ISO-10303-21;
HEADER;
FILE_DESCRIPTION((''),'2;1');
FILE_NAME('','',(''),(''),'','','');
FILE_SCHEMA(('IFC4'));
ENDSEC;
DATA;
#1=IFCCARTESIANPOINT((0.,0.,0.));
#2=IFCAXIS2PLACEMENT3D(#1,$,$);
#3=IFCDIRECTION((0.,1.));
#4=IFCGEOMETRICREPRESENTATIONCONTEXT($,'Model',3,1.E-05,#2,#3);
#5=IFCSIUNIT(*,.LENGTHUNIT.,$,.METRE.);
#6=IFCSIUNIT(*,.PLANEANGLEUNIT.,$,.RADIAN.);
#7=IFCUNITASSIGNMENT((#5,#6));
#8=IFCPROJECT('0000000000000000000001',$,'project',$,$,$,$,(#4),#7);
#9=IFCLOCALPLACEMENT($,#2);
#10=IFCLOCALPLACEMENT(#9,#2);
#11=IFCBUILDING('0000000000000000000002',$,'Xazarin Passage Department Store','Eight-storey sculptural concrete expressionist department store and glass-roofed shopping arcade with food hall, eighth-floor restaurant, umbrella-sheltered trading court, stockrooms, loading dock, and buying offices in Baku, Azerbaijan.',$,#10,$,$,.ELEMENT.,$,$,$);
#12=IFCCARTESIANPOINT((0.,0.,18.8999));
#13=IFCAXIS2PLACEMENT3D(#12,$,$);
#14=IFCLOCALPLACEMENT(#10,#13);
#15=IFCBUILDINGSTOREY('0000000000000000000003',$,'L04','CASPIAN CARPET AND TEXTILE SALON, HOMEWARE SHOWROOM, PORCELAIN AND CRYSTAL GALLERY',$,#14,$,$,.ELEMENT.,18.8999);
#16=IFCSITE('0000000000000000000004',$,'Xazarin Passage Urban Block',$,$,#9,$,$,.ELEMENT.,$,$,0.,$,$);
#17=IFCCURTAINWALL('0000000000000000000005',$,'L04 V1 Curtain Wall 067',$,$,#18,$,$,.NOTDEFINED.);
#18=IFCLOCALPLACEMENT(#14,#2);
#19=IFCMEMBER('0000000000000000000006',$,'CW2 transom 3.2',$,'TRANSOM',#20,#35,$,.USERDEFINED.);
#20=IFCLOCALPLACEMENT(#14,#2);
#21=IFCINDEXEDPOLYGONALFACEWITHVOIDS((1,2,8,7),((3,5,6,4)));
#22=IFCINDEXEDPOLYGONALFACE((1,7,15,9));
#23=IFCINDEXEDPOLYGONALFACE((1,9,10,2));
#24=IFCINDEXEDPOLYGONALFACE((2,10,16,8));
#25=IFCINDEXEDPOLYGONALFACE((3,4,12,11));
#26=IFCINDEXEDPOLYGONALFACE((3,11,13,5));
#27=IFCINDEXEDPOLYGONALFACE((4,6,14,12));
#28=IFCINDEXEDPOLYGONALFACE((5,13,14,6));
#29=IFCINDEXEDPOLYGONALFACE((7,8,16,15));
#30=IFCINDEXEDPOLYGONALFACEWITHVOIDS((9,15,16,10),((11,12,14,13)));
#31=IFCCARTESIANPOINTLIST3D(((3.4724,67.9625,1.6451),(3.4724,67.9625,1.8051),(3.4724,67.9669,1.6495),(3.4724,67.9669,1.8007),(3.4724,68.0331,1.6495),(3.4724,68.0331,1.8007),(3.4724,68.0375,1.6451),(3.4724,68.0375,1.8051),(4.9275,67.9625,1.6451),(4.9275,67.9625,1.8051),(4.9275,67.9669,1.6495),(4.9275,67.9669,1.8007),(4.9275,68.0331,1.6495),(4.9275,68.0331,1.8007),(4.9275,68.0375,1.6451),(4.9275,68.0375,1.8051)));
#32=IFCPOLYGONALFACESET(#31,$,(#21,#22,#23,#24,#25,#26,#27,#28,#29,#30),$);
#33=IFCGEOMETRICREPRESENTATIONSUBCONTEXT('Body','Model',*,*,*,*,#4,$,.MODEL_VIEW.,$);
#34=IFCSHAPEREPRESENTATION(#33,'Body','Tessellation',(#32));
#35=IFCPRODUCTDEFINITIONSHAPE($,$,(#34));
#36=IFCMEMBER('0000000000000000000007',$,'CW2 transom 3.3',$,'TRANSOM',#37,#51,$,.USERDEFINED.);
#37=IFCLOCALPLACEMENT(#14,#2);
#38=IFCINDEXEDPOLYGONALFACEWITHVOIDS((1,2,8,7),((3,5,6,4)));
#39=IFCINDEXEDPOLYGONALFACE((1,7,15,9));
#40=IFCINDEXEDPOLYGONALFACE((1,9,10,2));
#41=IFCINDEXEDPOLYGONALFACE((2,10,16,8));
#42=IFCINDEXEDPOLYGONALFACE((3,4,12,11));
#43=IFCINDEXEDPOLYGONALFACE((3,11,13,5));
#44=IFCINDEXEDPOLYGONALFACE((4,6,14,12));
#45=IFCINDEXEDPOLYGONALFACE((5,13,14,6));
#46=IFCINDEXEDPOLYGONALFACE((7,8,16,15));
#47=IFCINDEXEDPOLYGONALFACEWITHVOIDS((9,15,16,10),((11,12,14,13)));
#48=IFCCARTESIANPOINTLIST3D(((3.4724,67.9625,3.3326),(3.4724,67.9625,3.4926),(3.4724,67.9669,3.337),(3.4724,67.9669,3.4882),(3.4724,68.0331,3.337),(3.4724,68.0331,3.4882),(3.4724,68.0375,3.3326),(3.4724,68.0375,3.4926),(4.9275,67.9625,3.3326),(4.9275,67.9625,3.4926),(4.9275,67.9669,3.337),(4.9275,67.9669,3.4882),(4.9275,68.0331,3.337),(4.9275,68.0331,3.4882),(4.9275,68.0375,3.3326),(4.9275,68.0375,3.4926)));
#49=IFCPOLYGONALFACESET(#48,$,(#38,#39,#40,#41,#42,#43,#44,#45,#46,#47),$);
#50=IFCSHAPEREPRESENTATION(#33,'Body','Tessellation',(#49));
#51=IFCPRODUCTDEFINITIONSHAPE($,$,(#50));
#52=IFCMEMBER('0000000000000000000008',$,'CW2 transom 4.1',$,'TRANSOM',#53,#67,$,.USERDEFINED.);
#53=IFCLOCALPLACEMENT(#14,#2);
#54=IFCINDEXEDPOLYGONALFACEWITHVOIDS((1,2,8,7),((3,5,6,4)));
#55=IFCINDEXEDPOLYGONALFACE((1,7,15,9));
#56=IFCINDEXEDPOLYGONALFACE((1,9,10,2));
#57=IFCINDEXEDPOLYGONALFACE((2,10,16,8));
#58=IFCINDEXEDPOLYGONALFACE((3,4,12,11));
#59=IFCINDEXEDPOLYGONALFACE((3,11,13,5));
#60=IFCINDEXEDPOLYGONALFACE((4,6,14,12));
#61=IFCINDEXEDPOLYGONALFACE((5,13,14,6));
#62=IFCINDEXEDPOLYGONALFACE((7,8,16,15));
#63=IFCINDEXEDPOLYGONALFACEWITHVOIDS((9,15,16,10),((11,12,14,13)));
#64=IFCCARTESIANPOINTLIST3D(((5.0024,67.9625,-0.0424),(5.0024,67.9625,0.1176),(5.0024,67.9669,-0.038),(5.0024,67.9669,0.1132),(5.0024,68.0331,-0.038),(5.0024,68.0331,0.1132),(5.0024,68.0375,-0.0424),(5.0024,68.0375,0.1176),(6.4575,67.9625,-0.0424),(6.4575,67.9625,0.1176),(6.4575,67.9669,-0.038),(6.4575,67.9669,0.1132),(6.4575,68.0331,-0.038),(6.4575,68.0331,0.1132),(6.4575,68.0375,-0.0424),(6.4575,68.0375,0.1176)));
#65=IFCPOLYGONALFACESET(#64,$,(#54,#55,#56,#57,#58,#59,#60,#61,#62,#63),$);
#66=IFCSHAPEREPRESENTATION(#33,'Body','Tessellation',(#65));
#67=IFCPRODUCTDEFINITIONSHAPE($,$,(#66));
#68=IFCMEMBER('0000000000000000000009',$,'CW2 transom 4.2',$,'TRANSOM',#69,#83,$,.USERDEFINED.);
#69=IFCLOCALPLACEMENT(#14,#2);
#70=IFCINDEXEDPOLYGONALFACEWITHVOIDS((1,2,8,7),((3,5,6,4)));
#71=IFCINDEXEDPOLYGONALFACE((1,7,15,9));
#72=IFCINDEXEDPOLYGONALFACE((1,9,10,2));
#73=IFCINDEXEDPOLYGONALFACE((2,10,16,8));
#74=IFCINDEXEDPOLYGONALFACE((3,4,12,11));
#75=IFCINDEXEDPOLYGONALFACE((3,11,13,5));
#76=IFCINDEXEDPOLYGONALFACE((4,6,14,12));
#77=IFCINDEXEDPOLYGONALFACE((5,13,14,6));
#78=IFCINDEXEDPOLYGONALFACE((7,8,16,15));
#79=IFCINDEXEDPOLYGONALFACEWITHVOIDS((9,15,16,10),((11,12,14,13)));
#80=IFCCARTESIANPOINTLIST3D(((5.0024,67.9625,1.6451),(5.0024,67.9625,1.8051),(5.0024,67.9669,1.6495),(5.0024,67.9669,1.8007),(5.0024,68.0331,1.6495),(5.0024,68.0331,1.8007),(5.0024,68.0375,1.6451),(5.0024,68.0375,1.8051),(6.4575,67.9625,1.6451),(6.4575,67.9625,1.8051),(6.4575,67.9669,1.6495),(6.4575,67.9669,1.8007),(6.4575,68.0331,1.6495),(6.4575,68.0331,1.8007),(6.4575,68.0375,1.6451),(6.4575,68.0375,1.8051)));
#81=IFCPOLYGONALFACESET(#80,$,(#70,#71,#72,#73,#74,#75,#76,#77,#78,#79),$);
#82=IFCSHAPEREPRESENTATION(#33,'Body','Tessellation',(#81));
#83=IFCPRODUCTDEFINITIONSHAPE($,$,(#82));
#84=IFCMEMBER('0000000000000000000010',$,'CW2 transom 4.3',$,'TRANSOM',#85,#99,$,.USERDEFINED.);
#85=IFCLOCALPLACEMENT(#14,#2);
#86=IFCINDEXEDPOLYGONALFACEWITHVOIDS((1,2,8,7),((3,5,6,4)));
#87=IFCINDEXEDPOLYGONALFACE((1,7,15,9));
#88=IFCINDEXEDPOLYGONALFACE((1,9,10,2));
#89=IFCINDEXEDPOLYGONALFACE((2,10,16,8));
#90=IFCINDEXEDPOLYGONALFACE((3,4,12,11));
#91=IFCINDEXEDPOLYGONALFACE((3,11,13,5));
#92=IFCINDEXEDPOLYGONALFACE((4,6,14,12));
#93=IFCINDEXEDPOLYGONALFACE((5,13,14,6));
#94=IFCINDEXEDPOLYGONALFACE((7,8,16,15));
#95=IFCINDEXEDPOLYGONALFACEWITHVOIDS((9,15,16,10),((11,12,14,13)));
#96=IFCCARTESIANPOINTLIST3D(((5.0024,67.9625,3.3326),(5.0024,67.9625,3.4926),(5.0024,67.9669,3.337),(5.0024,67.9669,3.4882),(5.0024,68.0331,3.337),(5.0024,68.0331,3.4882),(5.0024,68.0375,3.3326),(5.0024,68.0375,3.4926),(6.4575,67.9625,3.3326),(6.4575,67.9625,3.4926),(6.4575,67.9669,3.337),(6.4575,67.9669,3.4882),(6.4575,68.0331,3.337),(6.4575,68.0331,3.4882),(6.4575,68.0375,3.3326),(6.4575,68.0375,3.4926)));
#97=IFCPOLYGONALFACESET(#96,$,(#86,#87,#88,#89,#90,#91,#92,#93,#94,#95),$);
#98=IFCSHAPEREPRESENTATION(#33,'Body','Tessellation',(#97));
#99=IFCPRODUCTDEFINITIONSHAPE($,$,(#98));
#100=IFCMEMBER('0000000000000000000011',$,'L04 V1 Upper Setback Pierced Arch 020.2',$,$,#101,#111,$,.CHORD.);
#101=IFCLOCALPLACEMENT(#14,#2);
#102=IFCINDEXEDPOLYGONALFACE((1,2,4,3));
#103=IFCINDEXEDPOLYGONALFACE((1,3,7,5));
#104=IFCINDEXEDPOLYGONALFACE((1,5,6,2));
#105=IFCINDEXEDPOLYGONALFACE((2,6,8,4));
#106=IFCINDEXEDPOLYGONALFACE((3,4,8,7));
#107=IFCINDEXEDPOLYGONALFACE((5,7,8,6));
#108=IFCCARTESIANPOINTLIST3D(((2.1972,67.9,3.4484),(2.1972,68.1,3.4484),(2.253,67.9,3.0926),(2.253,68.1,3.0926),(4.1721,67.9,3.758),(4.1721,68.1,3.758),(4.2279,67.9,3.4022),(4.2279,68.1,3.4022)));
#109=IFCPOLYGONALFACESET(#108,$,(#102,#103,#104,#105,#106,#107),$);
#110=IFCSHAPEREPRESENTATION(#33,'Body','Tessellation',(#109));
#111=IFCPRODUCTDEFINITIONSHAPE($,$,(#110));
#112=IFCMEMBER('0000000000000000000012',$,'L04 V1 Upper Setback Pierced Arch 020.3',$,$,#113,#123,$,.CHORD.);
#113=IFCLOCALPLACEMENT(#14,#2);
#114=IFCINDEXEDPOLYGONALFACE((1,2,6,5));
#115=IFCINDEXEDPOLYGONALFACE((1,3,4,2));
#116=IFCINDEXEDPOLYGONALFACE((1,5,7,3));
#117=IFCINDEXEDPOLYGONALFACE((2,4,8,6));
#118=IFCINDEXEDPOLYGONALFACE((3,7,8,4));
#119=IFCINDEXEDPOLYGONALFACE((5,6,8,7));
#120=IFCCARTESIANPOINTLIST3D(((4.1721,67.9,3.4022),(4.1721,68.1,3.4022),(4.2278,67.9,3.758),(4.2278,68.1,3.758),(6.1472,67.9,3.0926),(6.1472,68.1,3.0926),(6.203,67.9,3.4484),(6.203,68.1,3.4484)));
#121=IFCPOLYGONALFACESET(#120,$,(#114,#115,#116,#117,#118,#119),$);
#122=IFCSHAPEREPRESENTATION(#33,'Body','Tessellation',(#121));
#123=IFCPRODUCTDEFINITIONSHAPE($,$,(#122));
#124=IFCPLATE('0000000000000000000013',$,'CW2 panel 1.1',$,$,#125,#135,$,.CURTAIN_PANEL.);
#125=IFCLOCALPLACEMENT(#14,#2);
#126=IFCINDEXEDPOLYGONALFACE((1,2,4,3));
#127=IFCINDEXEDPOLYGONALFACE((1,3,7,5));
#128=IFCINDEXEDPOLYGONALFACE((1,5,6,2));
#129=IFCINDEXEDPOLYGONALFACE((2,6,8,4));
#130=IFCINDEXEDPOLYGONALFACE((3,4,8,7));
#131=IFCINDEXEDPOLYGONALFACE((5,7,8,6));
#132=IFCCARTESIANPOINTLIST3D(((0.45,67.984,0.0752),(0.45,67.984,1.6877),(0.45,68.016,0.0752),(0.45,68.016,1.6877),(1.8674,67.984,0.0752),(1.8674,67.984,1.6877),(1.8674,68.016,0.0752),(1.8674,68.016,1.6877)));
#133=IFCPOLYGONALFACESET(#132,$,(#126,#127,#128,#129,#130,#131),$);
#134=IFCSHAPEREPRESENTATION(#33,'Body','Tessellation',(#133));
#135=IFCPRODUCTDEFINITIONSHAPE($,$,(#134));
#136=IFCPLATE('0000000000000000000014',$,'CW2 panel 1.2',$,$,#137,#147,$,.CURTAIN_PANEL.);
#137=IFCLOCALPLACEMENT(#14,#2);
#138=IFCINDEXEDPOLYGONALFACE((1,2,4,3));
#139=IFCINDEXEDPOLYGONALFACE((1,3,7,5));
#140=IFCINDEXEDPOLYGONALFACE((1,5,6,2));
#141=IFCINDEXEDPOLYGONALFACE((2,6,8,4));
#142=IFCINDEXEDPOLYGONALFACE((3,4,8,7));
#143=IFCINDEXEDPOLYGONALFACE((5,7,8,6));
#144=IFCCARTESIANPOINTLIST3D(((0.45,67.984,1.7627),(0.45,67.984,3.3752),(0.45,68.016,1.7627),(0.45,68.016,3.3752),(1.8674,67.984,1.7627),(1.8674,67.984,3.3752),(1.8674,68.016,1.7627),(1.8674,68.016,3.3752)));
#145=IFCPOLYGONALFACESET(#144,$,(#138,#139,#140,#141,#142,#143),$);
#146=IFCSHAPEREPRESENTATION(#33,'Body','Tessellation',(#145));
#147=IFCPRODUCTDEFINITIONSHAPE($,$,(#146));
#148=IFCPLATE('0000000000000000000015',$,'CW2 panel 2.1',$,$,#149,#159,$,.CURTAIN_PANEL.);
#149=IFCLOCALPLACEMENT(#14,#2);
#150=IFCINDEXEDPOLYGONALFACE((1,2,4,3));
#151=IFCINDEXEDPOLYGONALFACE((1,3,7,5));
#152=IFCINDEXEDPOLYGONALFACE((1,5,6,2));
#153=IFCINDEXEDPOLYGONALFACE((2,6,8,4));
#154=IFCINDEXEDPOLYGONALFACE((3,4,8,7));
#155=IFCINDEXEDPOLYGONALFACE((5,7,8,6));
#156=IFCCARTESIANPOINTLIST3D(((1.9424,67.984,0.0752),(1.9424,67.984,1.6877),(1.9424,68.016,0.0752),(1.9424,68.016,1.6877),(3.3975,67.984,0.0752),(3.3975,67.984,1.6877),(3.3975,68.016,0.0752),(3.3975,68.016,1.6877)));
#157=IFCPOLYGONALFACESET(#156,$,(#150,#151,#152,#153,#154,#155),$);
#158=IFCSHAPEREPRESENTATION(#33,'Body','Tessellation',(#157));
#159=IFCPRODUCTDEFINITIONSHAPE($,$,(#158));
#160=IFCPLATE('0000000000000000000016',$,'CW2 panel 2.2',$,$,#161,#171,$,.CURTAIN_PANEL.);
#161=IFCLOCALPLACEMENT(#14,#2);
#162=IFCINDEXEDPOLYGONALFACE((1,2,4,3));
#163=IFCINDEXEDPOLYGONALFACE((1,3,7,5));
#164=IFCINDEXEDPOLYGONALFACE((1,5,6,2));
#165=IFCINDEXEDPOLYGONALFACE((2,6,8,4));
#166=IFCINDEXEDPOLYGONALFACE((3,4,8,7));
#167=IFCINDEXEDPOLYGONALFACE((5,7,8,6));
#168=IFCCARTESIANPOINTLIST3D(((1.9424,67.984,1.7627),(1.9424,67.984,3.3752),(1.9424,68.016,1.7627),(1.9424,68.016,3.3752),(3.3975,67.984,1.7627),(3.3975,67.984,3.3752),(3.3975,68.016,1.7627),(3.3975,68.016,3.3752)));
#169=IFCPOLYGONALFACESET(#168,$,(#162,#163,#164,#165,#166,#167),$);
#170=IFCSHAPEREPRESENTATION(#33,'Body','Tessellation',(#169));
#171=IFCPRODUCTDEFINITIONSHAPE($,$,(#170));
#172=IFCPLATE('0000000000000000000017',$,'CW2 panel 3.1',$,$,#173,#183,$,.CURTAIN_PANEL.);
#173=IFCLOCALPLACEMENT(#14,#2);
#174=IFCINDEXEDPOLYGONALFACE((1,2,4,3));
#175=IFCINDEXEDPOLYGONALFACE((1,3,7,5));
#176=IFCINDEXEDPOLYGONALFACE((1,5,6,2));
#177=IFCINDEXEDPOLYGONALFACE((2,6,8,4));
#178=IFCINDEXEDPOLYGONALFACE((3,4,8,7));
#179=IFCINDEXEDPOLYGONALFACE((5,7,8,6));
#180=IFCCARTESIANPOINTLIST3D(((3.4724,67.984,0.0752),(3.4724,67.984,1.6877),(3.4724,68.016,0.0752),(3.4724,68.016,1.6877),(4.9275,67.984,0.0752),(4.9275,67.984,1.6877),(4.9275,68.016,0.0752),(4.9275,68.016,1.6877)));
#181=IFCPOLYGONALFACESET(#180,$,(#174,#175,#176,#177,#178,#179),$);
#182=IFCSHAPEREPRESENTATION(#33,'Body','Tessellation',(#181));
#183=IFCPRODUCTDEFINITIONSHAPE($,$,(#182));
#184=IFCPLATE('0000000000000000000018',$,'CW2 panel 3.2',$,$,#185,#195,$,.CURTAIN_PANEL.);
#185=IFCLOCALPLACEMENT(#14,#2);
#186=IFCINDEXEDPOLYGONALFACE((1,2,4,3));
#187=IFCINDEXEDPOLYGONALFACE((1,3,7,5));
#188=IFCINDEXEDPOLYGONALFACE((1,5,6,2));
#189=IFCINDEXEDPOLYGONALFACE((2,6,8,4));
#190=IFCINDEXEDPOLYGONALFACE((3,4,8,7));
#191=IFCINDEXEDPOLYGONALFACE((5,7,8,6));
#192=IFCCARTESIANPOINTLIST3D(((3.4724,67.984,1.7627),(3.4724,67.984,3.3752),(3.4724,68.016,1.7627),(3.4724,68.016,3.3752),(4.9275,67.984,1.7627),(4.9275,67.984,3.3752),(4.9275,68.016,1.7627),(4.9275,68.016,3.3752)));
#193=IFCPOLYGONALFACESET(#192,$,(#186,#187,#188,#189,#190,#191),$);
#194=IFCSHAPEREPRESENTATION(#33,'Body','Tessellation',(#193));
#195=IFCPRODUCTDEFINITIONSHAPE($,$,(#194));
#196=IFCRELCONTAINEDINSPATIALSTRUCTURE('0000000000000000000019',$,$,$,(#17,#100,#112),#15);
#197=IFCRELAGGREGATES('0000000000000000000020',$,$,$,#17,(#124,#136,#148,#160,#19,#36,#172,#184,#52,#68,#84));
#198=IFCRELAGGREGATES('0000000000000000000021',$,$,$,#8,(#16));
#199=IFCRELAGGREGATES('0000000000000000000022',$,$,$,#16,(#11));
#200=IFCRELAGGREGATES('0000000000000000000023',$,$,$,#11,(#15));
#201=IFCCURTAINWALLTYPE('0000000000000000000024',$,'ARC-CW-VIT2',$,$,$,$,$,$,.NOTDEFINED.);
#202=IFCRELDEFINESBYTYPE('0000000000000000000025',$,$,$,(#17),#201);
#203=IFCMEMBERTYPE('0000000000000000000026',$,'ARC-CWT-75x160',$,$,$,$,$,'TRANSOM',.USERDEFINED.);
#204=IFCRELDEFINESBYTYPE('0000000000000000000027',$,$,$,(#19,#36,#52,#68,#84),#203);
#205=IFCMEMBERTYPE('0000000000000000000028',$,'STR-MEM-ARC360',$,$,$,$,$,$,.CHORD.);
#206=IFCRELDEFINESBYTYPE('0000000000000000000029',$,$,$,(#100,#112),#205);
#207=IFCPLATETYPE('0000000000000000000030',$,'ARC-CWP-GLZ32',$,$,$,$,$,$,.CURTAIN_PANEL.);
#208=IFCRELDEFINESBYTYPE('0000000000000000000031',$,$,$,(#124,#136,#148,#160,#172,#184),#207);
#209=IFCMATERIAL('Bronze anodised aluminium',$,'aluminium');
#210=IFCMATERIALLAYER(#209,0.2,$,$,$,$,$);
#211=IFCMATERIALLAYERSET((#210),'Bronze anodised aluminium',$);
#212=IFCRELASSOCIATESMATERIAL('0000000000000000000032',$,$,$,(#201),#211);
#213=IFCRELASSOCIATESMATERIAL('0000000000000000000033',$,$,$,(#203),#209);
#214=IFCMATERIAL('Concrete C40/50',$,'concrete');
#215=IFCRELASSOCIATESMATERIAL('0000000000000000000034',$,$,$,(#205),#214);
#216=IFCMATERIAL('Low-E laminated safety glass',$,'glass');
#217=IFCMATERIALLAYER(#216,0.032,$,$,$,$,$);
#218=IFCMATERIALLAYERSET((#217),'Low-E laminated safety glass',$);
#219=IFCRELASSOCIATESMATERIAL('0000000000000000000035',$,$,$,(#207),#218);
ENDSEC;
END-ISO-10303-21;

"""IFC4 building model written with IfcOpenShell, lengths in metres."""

from ifc_helpers import new_model, si_unit, direction, frame, origin, origin_2d, place, context, subcontext, project, spatial, rectangle, hollow_rectangle, extrude, material, layer, layer_set, material_profile, profile_set, type_object, element, aggregate, save


model = new_model("IFC4")

# Units and contexts
model_context = context("Model", 3, precision=1e-05, world=origin(), true_north=direction((0.0, 1.0)))
body_context = subcontext(model_context, "Body", "Model", "MODEL_VIEW")
ifc_project = project(units=[si_unit("LENGTHUNIT", "METRE"), si_unit("PLANEANGLEUNIT", "RADIAN")], contexts=[model_context])

# Site, building, storey
site_placement = place(None, origin())
site = spatial("IfcSite", under=ifc_project, at=site_placement, Name="Xazarin Passage Urban Block", CompositionType="ELEMENT", RefElevation=0.0)
building_placement = place(site_placement, origin())
building = spatial("IfcBuilding", under=site, at=building_placement, Name="Xazarin Passage Department Store", Description="Eight-storey sculptural concrete expressionist department store and glass-roofed shopping arcade with food hall, eighth-floor restaurant, umbrella-sheltered trading court, stockrooms, loading dock, and buying offices in Baku, Azerbaijan.", CompositionType="ELEMENT")
storey_placement = place(building_placement, frame((0.0, 0.0, 18.8999)))
storey = spatial("IfcBuildingStorey", under=building, at=storey_placement, Name="L04", Description="CASPIAN CARPET AND TEXTILE SALON, HOMEWARE SHOWROOM, PORCELAIN AND CRYSTAL GALLERY", CompositionType="ELEMENT", Elevation=18.8999)

# Curtain wall, members
ifc_material_1 = material(Name="Bronze anodised aluminium", Category="aluminium")
ifc_layer_1 = layer(ifc_material_1, 0.2)
ifc_layer_set_1 = layer_set([ifc_layer_1], Name="Bronze anodised aluminium")
curtain_wall_type = type_object("IfcCurtainWallType", Name="ARC-CW-VIT2", PredefinedType="NOTDEFINED", material=ifc_layer_set_1)
curtain_wall_placement = place(storey_placement, origin())
curtain_wall = element("IfcCurtainWall", 1, at=curtain_wall_placement, inside=storey, type_object=curtain_wall_type, Name="L04 V1 Curtain Wall 067", PredefinedType="NOTDEFINED")
ifc_material_profile_1 = material_profile(ifc_material_1, hollow_rectangle(XDim=0.075, YDim=0.1599, WallThickness=0.0044, at=origin_2d()), Name="ALU 75x160")
ifc_profile_set_1 = profile_set([ifc_material_profile_1], Name="Bronze anodised aluminium")
member_type_1 = type_object("IfcMemberType", Name="ARC-CWT-75x160", ElementType="TRANSOM", PredefinedType="USERDEFINED", material=ifc_profile_set_1)
member_1_placement = place(storey_placement, frame((3.4724, 68.0, 1.7251), z_axis=(1.0, 0.0, 0.0), x_axis=(0.0, 1.0, 0.0)))
member_1 = element("IfcMember", 2, at=member_1_placement, type_object=member_type_1, Name="CW2 transom 3.2", ObjectType="TRANSOM", PredefinedType="USERDEFINED", context=body_context, shape_type="SweptSolid", body=[
    extrude(hollow_rectangle(XDim=0.075, YDim=0.1599, WallThickness=0.0044, at=origin_2d()), origin(), (0.0, 0.0, 1.0), 1.4551),
])
member_2_placement = place(storey_placement, frame((3.4724, 68.0, 3.4126), z_axis=(1.0, 0.0, 0.0), x_axis=(0.0, 1.0, 0.0)))
member_2 = element("IfcMember", 3, at=member_2_placement, type_object=member_type_1, Name="CW2 transom 3.3", ObjectType="TRANSOM", PredefinedType="USERDEFINED", context=body_context, shape_type="SweptSolid", body=[
    extrude(hollow_rectangle(XDim=0.075, YDim=0.1599, WallThickness=0.0044, at=origin_2d()), origin(), (0.0, 0.0, 1.0), 1.4551),
])
member_3_placement = place(storey_placement, frame((5.0024, 68.0, 0.0376), z_axis=(1.0, 0.0, 0.0), x_axis=(0.0, 1.0, 0.0)))
member_3 = element("IfcMember", 4, at=member_3_placement, type_object=member_type_1, Name="CW2 transom 4.1", ObjectType="TRANSOM", PredefinedType="USERDEFINED", context=body_context, shape_type="SweptSolid", body=[
    extrude(hollow_rectangle(XDim=0.075, YDim=0.1599, WallThickness=0.0044, at=origin_2d()), origin(), (0.0, 0.0, 1.0), 1.4551),
])
member_4_placement = place(storey_placement, frame((5.0024, 68.0, 1.7251), z_axis=(1.0, 0.0, 0.0), x_axis=(0.0, 1.0, 0.0)))
member_4 = element("IfcMember", 5, at=member_4_placement, type_object=member_type_1, Name="CW2 transom 4.2", ObjectType="TRANSOM", PredefinedType="USERDEFINED", context=body_context, shape_type="SweptSolid", body=[
    extrude(hollow_rectangle(XDim=0.075, YDim=0.1599, WallThickness=0.0044, at=origin_2d()), origin(), (0.0, 0.0, 1.0), 1.4551),
])
member_5_placement = place(storey_placement, frame((5.0024, 68.0, 3.4126), z_axis=(1.0, 0.0, 0.0), x_axis=(0.0, 1.0, 0.0)))
member_5 = element("IfcMember", 6, at=member_5_placement, type_object=member_type_1, Name="CW2 transom 4.3", ObjectType="TRANSOM", PredefinedType="USERDEFINED", context=body_context, shape_type="SweptSolid", body=[
    extrude(hollow_rectangle(XDim=0.075, YDim=0.1599, WallThickness=0.0044, at=origin_2d()), origin(), (0.0, 0.0, 1.0), 1.4551),
])

# Members
ifc_material_2 = material(Name="Concrete C40/50", Category="concrete")
ifc_material_profile_2 = material_profile(ifc_material_2, rectangle(XDim=0.2, YDim=0.3601, at=origin_2d()), Name="RC 200x360")
ifc_profile_set_2 = profile_set([ifc_material_profile_2], Name="Concrete C40/50")
member_type_2 = type_object("IfcMemberType", Name="STR-MEM-ARC360", PredefinedType="CHORD", material=ifc_profile_set_2)
member_6_placement = place(storey_placement, frame((2.2251, 68.0, 3.2705), z_axis=(0.987936, 0.0, 0.154865), x_axis=(0.0, 1.0, 0.0)))
element("IfcMember", 7, at=member_6_placement, inside=storey, type_object=member_type_2, Name="L04 V1 Upper Setback Pierced Arch 020.2", PredefinedType="CHORD", context=body_context, shape_type="SweptSolid", body=[
    extrude(rectangle(XDim=0.2, YDim=0.3601, at=origin_2d()), origin(), (0.0, 0.0, 1.0), 1.999),
])
member_7_placement = place(storey_placement, frame((4.2, 68.0, 3.5801), z_axis=(0.987939, 0.0, -0.154846), x_axis=(0.0, 1.0, 0.0)))
element("IfcMember", 8, at=member_7_placement, inside=storey, type_object=member_type_2, Name="L04 V1 Upper Setback Pierced Arch 020.3", PredefinedType="CHORD", context=body_context, shape_type="SweptSolid", body=[
    extrude(rectangle(XDim=0.2, YDim=0.3601, at=origin_2d()), origin(), (0.0, 0.0, 1.0), 1.9993),
])

# Plates
ifc_material_3 = material(Name="Low-E laminated safety glass", Category="glass")
ifc_layer_2 = layer(ifc_material_3, 0.032)
ifc_layer_set_2 = layer_set([ifc_layer_2], Name="Low-E laminated safety glass")
plate_type = type_object("IfcPlateType", Name="ARC-CWP-GLZ32", PredefinedType="CURTAIN_PANEL", material=ifc_layer_set_2)
plate_1_placement = place(storey_placement, frame((1.1587, 68.0, 0.0752), z_axis=(0.0, 0.0, 1.0), x_axis=(1.0, 0.0, 0.0)))
plate_1 = element("IfcPlate", 9, at=plate_1_placement, type_object=plate_type, Name="CW2 panel 1.1", PredefinedType="CURTAIN_PANEL", context=body_context, shape_type="SweptSolid", body=[
    extrude(rectangle(XDim=1.4175, YDim=0.032, at=origin_2d()), origin(), (0.0, 0.0, 1.0), 1.6125),
])
plate_2_placement = place(storey_placement, frame((1.1587, 68.0, 1.7627), z_axis=(0.0, 0.0, 1.0), x_axis=(1.0, 0.0, 0.0)))
plate_2 = element("IfcPlate", 10, at=plate_2_placement, type_object=plate_type, Name="CW2 panel 1.2", PredefinedType="CURTAIN_PANEL", context=body_context, shape_type="SweptSolid", body=[
    extrude(rectangle(XDim=1.4175, YDim=0.032, at=origin_2d()), origin(), (0.0, 0.0, 1.0), 1.6125),
])
plate_3_placement = place(storey_placement, frame((2.6699, 68.0, 0.0752), z_axis=(0.0, 0.0, 1.0), x_axis=(1.0, 0.0, 0.0)))
plate_3 = element("IfcPlate", 11, at=plate_3_placement, type_object=plate_type, Name="CW2 panel 2.1", PredefinedType="CURTAIN_PANEL", context=body_context, shape_type="SweptSolid", body=[
    extrude(rectangle(XDim=1.4551, YDim=0.032, at=origin_2d()), origin(), (0.0, 0.0, 1.0), 1.6125),
])
plate_4_placement = place(storey_placement, frame((2.6699, 68.0, 1.7627), z_axis=(0.0, 0.0, 1.0), x_axis=(1.0, 0.0, 0.0)))
plate_4 = element("IfcPlate", 12, at=plate_4_placement, type_object=plate_type, Name="CW2 panel 2.2", PredefinedType="CURTAIN_PANEL", context=body_context, shape_type="SweptSolid", body=[
    extrude(rectangle(XDim=1.4551, YDim=0.032, at=origin_2d()), origin(), (0.0, 0.0, 1.0), 1.6125),
])
plate_5_placement = place(storey_placement, frame((4.2, 68.0, 0.0752), z_axis=(0.0, 0.0, 1.0), x_axis=(1.0, 0.0, 0.0)))
plate_5 = element("IfcPlate", 13, at=plate_5_placement, type_object=plate_type, Name="CW2 panel 3.1", PredefinedType="CURTAIN_PANEL", context=body_context, shape_type="SweptSolid", body=[
    extrude(rectangle(XDim=1.4551, YDim=0.032, at=origin_2d()), origin(), (0.0, 0.0, 1.0), 1.6125),
])
plate_6_placement = place(storey_placement, frame((4.2, 68.0, 1.7627), z_axis=(0.0, 0.0, 1.0), x_axis=(1.0, 0.0, 0.0)))
plate_6 = element("IfcPlate", 14, at=plate_6_placement, type_object=plate_type, Name="CW2 panel 3.2", PredefinedType="CURTAIN_PANEL", context=body_context, shape_type="SweptSolid", body=[
    extrude(rectangle(XDim=1.4551, YDim=0.032, at=origin_2d()), origin(), (0.0, 0.0, 1.0), 1.6125),
])
aggregate(curtain_wall, [plate_1, plate_2, plate_3, plate_4, member_1, member_2, plate_5, plate_6, member_3, member_4, member_5])

save(model, "model.ifc")
